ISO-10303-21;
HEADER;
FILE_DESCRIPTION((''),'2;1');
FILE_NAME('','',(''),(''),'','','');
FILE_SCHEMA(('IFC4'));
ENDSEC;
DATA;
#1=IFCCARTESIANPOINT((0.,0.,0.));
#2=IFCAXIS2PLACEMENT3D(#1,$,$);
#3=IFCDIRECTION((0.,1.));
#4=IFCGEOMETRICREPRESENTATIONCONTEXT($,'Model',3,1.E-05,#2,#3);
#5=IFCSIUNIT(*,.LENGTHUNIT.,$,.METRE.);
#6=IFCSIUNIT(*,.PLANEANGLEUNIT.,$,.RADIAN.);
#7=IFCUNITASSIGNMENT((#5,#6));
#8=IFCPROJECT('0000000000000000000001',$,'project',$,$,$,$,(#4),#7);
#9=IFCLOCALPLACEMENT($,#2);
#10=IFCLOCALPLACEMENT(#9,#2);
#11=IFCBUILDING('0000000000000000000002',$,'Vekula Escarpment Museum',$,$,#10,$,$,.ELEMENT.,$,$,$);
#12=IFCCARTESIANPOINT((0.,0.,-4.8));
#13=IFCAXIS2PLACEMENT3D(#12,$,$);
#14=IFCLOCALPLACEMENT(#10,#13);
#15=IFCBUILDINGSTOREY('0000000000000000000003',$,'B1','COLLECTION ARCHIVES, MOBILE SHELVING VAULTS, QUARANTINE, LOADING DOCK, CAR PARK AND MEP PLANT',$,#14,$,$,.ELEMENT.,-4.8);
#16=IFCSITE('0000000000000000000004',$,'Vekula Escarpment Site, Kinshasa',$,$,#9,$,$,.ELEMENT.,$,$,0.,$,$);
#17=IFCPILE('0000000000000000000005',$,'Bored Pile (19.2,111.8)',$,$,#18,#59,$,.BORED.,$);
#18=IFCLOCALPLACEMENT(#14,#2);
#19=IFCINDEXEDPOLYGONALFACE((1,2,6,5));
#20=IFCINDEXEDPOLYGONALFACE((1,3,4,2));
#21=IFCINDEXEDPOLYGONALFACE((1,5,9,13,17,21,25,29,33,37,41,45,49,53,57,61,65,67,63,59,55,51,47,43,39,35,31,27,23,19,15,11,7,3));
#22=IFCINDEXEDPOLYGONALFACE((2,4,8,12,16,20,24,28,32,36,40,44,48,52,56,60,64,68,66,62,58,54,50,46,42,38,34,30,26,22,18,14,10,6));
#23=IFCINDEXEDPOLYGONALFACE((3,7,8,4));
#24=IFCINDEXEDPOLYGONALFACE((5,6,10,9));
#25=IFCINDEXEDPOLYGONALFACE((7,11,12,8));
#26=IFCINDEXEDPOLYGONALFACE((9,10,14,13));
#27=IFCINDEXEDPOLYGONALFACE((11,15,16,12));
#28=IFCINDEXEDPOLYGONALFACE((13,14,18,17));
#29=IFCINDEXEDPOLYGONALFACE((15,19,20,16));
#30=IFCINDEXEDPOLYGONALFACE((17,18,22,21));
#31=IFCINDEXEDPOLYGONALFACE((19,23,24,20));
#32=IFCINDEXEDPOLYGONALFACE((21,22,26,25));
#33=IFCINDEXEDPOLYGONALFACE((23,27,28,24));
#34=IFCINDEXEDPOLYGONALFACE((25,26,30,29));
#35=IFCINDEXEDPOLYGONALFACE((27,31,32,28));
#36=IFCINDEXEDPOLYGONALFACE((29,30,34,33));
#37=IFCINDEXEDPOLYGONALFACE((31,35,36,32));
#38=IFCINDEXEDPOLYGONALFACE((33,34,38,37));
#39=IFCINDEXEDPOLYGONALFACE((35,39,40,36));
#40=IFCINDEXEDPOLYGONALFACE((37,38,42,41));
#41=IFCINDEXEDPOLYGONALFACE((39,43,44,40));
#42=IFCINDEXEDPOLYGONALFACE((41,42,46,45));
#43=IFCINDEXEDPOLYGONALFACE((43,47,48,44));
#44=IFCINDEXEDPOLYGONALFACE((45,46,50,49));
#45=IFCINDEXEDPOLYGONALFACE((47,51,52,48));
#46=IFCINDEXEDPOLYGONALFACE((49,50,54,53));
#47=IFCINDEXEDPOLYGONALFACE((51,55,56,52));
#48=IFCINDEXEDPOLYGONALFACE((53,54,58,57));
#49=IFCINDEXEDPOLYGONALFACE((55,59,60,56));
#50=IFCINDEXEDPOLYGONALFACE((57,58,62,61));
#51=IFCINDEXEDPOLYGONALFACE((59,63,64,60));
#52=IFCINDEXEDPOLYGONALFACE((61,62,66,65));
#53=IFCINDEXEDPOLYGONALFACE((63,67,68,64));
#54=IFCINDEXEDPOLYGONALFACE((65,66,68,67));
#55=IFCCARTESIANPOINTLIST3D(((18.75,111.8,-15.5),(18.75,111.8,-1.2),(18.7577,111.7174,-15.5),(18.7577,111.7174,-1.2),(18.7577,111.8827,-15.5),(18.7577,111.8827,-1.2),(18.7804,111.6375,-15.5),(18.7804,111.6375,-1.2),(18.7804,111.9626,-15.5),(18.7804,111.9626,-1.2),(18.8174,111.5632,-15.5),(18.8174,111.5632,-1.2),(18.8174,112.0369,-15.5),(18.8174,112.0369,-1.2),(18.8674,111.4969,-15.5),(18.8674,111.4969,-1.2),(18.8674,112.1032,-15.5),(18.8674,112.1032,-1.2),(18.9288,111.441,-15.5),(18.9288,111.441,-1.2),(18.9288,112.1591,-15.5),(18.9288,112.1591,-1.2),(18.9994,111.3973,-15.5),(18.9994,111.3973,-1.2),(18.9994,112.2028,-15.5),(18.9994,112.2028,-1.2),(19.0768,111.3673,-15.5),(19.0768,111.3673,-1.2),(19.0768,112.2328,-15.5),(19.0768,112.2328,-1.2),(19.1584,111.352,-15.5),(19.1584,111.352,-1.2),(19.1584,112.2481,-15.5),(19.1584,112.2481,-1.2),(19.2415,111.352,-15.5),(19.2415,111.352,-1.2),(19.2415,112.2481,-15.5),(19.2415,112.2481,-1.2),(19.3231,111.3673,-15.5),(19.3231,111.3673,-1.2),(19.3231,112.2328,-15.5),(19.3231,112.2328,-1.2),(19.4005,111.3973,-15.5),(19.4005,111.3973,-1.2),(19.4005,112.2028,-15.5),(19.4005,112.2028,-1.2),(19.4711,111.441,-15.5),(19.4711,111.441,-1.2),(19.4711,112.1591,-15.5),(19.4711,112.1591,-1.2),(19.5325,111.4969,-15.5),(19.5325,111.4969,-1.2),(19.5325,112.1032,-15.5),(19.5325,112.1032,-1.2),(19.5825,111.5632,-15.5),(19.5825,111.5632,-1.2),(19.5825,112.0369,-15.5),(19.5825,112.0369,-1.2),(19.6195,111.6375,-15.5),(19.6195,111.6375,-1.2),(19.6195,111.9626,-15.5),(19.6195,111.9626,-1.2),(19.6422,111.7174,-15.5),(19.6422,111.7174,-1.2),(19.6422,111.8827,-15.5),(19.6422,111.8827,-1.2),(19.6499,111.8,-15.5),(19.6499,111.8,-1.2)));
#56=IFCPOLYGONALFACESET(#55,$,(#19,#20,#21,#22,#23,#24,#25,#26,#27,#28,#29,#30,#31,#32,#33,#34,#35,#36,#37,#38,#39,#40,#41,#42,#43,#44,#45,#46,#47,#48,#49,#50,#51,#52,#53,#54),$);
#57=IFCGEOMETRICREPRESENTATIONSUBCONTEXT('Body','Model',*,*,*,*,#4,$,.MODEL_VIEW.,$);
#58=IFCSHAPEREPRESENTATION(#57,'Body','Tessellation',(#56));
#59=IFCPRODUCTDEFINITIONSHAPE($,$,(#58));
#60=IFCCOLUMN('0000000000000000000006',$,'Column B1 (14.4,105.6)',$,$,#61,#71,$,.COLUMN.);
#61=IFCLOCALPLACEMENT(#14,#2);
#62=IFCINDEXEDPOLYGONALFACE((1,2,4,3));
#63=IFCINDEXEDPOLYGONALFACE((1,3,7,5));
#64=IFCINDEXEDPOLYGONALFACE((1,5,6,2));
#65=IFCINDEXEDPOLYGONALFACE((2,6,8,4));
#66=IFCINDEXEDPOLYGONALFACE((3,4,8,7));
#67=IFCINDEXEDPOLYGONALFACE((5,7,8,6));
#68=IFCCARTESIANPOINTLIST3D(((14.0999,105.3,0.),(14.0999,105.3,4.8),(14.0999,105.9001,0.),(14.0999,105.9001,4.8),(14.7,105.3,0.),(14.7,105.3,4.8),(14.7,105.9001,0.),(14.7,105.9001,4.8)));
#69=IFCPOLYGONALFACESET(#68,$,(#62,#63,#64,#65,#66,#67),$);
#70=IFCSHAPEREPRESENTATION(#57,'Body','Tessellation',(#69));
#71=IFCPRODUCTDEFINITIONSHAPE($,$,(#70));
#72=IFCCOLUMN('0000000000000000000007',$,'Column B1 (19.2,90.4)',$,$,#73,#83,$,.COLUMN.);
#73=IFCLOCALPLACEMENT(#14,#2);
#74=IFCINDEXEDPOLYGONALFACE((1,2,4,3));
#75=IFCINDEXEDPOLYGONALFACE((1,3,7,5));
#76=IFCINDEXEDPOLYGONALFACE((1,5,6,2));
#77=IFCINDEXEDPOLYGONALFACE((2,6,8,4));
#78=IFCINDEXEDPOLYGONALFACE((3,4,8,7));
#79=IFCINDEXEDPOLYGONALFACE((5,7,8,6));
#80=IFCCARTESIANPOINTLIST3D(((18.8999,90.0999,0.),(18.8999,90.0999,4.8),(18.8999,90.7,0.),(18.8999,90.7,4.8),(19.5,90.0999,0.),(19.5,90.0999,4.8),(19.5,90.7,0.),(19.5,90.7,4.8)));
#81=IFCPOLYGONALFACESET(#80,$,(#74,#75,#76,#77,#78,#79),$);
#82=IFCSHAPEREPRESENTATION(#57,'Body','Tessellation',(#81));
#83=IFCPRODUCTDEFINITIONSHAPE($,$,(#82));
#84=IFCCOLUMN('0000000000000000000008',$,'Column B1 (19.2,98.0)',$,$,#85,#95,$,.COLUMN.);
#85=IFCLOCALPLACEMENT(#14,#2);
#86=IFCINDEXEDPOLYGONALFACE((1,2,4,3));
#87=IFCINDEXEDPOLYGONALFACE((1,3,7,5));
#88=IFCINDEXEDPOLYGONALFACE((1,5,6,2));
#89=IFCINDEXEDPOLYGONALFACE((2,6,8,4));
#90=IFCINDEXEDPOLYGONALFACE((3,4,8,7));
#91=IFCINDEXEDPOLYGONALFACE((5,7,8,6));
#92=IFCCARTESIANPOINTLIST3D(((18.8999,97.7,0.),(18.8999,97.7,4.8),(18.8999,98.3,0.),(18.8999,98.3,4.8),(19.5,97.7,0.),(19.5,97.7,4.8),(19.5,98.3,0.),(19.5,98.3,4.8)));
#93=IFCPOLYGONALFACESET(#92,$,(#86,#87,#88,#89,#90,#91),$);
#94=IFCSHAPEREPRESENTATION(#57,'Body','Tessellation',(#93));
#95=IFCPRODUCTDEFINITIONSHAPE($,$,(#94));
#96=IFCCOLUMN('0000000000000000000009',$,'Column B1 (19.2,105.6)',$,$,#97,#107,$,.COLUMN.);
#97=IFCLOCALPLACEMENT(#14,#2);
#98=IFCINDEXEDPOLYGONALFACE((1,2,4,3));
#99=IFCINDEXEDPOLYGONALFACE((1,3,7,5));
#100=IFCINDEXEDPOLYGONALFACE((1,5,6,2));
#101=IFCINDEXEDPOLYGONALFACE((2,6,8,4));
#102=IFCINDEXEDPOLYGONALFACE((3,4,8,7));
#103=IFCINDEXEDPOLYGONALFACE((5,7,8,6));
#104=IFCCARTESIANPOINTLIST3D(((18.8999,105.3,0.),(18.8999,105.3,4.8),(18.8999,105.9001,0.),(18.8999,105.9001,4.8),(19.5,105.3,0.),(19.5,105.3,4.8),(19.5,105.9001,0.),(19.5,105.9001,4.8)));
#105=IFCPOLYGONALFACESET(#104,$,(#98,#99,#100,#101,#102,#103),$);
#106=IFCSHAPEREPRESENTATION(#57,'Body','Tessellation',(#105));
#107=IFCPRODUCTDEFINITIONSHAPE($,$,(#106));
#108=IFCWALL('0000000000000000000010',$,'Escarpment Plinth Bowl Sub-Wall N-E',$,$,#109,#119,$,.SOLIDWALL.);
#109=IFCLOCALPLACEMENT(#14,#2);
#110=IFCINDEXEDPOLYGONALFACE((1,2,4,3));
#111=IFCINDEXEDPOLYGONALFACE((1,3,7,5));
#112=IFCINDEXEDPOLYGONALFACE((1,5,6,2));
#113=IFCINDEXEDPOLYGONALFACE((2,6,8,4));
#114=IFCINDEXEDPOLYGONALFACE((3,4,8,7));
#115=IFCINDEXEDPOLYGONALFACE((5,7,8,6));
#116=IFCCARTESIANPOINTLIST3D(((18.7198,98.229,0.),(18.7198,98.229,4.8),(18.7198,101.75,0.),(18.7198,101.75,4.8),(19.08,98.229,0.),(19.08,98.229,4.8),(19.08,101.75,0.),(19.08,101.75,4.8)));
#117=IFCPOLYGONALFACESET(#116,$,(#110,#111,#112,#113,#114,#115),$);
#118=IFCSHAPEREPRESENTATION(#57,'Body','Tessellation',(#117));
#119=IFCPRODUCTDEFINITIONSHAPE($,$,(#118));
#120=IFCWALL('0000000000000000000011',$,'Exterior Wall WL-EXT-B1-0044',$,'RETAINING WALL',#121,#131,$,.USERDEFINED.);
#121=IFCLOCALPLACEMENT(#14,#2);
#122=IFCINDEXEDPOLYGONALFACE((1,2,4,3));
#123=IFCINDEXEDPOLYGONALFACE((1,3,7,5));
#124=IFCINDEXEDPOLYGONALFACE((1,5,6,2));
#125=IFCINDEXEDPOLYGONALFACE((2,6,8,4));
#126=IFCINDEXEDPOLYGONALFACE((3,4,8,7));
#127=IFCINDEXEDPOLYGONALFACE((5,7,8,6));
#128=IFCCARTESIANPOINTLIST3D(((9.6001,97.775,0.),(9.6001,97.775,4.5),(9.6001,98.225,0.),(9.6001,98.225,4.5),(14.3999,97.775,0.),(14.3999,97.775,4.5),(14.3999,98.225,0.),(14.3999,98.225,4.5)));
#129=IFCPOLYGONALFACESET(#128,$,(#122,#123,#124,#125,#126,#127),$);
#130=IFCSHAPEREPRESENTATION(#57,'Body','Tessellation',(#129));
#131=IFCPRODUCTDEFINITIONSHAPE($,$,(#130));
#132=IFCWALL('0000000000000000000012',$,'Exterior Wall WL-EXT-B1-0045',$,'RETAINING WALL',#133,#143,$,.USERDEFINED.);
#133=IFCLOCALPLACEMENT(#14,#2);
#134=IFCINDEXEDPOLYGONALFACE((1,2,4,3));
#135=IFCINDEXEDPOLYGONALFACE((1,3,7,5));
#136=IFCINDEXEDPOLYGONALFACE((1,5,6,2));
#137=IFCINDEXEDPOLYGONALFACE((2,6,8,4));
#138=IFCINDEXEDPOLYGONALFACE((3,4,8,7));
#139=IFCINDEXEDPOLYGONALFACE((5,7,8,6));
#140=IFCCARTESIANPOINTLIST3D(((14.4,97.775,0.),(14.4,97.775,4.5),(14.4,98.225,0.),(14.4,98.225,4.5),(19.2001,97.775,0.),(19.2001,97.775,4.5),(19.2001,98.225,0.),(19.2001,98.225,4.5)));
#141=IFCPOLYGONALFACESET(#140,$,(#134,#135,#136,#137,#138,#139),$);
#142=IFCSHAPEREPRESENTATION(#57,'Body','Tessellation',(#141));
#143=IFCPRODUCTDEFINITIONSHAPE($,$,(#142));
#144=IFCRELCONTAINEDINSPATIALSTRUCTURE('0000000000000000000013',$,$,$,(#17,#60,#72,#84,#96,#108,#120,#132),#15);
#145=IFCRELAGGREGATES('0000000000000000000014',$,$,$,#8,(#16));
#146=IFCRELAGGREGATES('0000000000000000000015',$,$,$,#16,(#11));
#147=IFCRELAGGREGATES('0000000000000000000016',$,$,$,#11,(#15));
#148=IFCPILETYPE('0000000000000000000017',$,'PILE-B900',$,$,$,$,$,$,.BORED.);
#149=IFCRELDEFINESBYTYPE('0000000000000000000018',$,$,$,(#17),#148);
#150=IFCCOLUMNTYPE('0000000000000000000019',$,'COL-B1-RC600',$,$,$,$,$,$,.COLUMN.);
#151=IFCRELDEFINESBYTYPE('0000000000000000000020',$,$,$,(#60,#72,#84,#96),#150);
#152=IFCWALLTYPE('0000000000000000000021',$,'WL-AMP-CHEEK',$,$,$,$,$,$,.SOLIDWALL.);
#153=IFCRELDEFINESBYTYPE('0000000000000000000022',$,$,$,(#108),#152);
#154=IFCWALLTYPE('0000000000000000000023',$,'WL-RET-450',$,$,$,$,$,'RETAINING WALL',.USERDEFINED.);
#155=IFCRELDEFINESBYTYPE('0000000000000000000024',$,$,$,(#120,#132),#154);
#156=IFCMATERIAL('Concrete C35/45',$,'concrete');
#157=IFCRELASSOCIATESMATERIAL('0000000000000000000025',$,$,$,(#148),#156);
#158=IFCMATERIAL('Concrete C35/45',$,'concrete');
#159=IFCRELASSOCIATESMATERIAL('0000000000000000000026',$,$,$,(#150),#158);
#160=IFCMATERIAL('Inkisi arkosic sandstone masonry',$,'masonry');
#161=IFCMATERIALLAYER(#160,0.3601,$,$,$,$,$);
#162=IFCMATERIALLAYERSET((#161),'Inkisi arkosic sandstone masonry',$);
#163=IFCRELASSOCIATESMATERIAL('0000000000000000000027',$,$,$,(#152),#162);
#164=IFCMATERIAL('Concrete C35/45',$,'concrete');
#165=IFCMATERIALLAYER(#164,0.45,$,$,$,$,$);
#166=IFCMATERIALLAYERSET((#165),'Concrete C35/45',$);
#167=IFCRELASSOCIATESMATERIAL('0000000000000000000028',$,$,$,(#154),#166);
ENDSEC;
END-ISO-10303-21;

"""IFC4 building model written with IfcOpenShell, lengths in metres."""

from ifc_helpers import new_model, si_unit, direction, frame, frame_2d, origin, origin_2d, place, context, subcontext, project, spatial, rectangle, circle, extrude, material, layer, layer_set, material_profile, profile_set, type_object, element, save


model = new_model("IFC4")

# Units and contexts
model_context = context("Model", 3, precision=1e-05, world=origin(), true_north=direction((0.0, 1.0)))
body_context = subcontext(model_context, "Body", "Model", "MODEL_VIEW")
ifc_project = project(units=[si_unit("LENGTHUNIT", "METRE"), si_unit("PLANEANGLEUNIT", "RADIAN")], contexts=[model_context])

# Site, building, storey
site_placement = place(None, origin())
site = spatial("IfcSite", under=ifc_project, at=site_placement, Name="Vekula Escarpment Site, Kinshasa", CompositionType="ELEMENT", RefElevation=0.0)
building_placement = place(site_placement, origin())
building = spatial("IfcBuilding", under=site, at=building_placement, Name="Vekula Escarpment Museum", CompositionType="ELEMENT")
storey_placement = place(building_placement, frame((0.0, 0.0, -4.8)))
storey = spatial("IfcBuildingStorey", under=building, at=storey_placement, Name="B1", Description="COLLECTION ARCHIVES, MOBILE SHELVING VAULTS, QUARANTINE, LOADING DOCK, CAR PARK AND MEP PLANT", CompositionType="ELEMENT", Elevation=-4.8)

# Pile
ifc_material_1 = material(Name="Concrete C35/45", Category="concrete")
ifc_material_profile_1 = material_profile(ifc_material_1, circle(Radius=0.45, at=origin_2d()), Name="BORED PILE 900")
ifc_profile_set_1 = profile_set([ifc_material_profile_1], Name="Concrete C35/45")
pile_type = type_object("IfcPileType", Name="PILE-B900", PredefinedType="BORED", material=ifc_profile_set_1)
pile_1_placement = place(storey_placement, frame((19.2, 111.8, -1.2), z_axis=(0.0, 0.0, -1.0), x_axis=(1.0, 0.0, 0.0)))
element("IfcPile", 1, at=pile_1_placement, inside=storey, type_object=pile_type, Name="Bored Pile (19.2,111.8)", PredefinedType="BORED", context=body_context, shape_type="SweptSolid", body=[
    extrude(circle(Radius=0.45, at=origin_2d()), origin(), (0.0, 0.0, 1.0), 14.3),
])

# Columns
ifc_material_2 = material(Name="Concrete C35/45", Category="concrete")
ifc_material_profile_2 = material_profile(ifc_material_2, rectangle(XDim=0.6001, YDim=0.6001, at=origin_2d()), Name="RC 600x600")
ifc_profile_set_2 = profile_set([ifc_material_profile_2], Name="Concrete C35/45")
column_type = type_object("IfcColumnType", Name="COL-B1-RC600", PredefinedType="COLUMN", material=ifc_profile_set_2)
for number, where, z_axis, x_axis, name in (
    (2, (14.3999, 105.6001, 0.0), (0.0, 0.0, 1.0), (1.0, 0.0, 0.0), "Column B1 (14.4,105.6)"),
    (3, (19.2, 90.3999, 0.0), (0.0, 0.0, 1.0), (1.0, 0.0, 0.0), "Column B1 (19.2,90.4)"),
    (4, (19.2, 98.0, 0.0), (0.0, 0.0, 1.0), (1.0, 0.0, 0.0), "Column B1 (19.2,98.0)"),
    (5, (19.2, 105.6001, 0.0), (0.0, 0.0, 1.0), (1.0, 0.0, 0.0), "Column B1 (19.2,105.6)"),
):
    element("IfcColumn", number, at=place(storey_placement, frame(where, z_axis=z_axis, x_axis=x_axis)), inside=storey, type_object=column_type, Name=name, PredefinedType="COLUMN", context=body_context, shape_type="SweptSolid", body=[
        extrude(rectangle(XDim=0.6001, YDim=0.6001, at=origin_2d()), origin(), (0.0, 0.0, 1.0), 4.8),
    ])

# Walls
ifc_material_3 = material(Name="Inkisi arkosic sandstone masonry", Category="masonry")
ifc_layer_1 = layer(ifc_material_3, 0.3601)
ifc_layer_set_1 = layer_set([ifc_layer_1], Name="Inkisi arkosic sandstone masonry")
wall_type_1 = type_object("IfcWallType", Name="WL-AMP-CHEEK", PredefinedType="SOLIDWALL", material=ifc_layer_set_1)
wall_1_placement = place(storey_placement, frame((18.8999, 98.229, 0.0), z_axis=(0.0, 0.0, 1.0), x_axis=(0.0, 1.0, 0.0)))
element("IfcWall", 6, at=wall_1_placement, inside=storey, type_object=wall_type_1, Name="Escarpment Plinth Bowl Sub-Wall N-E", PredefinedType="SOLIDWALL", context=body_context, shape_type="SweptSolid", body=[
    extrude(rectangle(XDim=3.521, YDim=0.3601, at=frame_2d((1.7605, 0.0))), origin(), (0.0, 0.0, 1.0), 4.8),
])
ifc_material_4 = material(Name="Concrete C35/45", Category="concrete")
ifc_layer_2 = layer(ifc_material_4, 0.45)
ifc_layer_set_2 = layer_set([ifc_layer_2], Name="Concrete C35/45")
wall_type_2 = type_object("IfcWallType", Name="WL-RET-450", ElementType="RETAINING WALL", PredefinedType="USERDEFINED", material=ifc_layer_set_2)
wall_2_placement = place(storey_placement, frame((14.3999, 98.0, 0.0), z_axis=(0.0, 0.0, 1.0), x_axis=(-1.0, 0.0, 0.0)))
element("IfcWall", 7, at=wall_2_placement, inside=storey, type_object=wall_type_2, Name="Exterior Wall WL-EXT-B1-0044", ObjectType="RETAINING WALL", PredefinedType="USERDEFINED", context=body_context, shape_type="SweptSolid", body=[
    extrude(rectangle(XDim=4.7998, YDim=0.45, at=frame_2d((2.3999, 0.0))), origin(), (0.0, 0.0, 1.0), 4.5),
])
wall_3_placement = place(storey_placement, frame((19.2, 98.0, 0.0), z_axis=(0.0, 0.0, 1.0), x_axis=(-1.0, 0.0, 0.0)))
element("IfcWall", 8, at=wall_3_placement, inside=storey, type_object=wall_type_2, Name="Exterior Wall WL-EXT-B1-0045", ObjectType="RETAINING WALL", PredefinedType="USERDEFINED", context=body_context, shape_type="SweptSolid", body=[
    extrude(rectangle(XDim=4.8, YDim=0.45, at=frame_2d((2.3999, 0.0))), origin(), (0.0, 0.0, 1.0), 4.5),
])

save(model, "model.ifc")
